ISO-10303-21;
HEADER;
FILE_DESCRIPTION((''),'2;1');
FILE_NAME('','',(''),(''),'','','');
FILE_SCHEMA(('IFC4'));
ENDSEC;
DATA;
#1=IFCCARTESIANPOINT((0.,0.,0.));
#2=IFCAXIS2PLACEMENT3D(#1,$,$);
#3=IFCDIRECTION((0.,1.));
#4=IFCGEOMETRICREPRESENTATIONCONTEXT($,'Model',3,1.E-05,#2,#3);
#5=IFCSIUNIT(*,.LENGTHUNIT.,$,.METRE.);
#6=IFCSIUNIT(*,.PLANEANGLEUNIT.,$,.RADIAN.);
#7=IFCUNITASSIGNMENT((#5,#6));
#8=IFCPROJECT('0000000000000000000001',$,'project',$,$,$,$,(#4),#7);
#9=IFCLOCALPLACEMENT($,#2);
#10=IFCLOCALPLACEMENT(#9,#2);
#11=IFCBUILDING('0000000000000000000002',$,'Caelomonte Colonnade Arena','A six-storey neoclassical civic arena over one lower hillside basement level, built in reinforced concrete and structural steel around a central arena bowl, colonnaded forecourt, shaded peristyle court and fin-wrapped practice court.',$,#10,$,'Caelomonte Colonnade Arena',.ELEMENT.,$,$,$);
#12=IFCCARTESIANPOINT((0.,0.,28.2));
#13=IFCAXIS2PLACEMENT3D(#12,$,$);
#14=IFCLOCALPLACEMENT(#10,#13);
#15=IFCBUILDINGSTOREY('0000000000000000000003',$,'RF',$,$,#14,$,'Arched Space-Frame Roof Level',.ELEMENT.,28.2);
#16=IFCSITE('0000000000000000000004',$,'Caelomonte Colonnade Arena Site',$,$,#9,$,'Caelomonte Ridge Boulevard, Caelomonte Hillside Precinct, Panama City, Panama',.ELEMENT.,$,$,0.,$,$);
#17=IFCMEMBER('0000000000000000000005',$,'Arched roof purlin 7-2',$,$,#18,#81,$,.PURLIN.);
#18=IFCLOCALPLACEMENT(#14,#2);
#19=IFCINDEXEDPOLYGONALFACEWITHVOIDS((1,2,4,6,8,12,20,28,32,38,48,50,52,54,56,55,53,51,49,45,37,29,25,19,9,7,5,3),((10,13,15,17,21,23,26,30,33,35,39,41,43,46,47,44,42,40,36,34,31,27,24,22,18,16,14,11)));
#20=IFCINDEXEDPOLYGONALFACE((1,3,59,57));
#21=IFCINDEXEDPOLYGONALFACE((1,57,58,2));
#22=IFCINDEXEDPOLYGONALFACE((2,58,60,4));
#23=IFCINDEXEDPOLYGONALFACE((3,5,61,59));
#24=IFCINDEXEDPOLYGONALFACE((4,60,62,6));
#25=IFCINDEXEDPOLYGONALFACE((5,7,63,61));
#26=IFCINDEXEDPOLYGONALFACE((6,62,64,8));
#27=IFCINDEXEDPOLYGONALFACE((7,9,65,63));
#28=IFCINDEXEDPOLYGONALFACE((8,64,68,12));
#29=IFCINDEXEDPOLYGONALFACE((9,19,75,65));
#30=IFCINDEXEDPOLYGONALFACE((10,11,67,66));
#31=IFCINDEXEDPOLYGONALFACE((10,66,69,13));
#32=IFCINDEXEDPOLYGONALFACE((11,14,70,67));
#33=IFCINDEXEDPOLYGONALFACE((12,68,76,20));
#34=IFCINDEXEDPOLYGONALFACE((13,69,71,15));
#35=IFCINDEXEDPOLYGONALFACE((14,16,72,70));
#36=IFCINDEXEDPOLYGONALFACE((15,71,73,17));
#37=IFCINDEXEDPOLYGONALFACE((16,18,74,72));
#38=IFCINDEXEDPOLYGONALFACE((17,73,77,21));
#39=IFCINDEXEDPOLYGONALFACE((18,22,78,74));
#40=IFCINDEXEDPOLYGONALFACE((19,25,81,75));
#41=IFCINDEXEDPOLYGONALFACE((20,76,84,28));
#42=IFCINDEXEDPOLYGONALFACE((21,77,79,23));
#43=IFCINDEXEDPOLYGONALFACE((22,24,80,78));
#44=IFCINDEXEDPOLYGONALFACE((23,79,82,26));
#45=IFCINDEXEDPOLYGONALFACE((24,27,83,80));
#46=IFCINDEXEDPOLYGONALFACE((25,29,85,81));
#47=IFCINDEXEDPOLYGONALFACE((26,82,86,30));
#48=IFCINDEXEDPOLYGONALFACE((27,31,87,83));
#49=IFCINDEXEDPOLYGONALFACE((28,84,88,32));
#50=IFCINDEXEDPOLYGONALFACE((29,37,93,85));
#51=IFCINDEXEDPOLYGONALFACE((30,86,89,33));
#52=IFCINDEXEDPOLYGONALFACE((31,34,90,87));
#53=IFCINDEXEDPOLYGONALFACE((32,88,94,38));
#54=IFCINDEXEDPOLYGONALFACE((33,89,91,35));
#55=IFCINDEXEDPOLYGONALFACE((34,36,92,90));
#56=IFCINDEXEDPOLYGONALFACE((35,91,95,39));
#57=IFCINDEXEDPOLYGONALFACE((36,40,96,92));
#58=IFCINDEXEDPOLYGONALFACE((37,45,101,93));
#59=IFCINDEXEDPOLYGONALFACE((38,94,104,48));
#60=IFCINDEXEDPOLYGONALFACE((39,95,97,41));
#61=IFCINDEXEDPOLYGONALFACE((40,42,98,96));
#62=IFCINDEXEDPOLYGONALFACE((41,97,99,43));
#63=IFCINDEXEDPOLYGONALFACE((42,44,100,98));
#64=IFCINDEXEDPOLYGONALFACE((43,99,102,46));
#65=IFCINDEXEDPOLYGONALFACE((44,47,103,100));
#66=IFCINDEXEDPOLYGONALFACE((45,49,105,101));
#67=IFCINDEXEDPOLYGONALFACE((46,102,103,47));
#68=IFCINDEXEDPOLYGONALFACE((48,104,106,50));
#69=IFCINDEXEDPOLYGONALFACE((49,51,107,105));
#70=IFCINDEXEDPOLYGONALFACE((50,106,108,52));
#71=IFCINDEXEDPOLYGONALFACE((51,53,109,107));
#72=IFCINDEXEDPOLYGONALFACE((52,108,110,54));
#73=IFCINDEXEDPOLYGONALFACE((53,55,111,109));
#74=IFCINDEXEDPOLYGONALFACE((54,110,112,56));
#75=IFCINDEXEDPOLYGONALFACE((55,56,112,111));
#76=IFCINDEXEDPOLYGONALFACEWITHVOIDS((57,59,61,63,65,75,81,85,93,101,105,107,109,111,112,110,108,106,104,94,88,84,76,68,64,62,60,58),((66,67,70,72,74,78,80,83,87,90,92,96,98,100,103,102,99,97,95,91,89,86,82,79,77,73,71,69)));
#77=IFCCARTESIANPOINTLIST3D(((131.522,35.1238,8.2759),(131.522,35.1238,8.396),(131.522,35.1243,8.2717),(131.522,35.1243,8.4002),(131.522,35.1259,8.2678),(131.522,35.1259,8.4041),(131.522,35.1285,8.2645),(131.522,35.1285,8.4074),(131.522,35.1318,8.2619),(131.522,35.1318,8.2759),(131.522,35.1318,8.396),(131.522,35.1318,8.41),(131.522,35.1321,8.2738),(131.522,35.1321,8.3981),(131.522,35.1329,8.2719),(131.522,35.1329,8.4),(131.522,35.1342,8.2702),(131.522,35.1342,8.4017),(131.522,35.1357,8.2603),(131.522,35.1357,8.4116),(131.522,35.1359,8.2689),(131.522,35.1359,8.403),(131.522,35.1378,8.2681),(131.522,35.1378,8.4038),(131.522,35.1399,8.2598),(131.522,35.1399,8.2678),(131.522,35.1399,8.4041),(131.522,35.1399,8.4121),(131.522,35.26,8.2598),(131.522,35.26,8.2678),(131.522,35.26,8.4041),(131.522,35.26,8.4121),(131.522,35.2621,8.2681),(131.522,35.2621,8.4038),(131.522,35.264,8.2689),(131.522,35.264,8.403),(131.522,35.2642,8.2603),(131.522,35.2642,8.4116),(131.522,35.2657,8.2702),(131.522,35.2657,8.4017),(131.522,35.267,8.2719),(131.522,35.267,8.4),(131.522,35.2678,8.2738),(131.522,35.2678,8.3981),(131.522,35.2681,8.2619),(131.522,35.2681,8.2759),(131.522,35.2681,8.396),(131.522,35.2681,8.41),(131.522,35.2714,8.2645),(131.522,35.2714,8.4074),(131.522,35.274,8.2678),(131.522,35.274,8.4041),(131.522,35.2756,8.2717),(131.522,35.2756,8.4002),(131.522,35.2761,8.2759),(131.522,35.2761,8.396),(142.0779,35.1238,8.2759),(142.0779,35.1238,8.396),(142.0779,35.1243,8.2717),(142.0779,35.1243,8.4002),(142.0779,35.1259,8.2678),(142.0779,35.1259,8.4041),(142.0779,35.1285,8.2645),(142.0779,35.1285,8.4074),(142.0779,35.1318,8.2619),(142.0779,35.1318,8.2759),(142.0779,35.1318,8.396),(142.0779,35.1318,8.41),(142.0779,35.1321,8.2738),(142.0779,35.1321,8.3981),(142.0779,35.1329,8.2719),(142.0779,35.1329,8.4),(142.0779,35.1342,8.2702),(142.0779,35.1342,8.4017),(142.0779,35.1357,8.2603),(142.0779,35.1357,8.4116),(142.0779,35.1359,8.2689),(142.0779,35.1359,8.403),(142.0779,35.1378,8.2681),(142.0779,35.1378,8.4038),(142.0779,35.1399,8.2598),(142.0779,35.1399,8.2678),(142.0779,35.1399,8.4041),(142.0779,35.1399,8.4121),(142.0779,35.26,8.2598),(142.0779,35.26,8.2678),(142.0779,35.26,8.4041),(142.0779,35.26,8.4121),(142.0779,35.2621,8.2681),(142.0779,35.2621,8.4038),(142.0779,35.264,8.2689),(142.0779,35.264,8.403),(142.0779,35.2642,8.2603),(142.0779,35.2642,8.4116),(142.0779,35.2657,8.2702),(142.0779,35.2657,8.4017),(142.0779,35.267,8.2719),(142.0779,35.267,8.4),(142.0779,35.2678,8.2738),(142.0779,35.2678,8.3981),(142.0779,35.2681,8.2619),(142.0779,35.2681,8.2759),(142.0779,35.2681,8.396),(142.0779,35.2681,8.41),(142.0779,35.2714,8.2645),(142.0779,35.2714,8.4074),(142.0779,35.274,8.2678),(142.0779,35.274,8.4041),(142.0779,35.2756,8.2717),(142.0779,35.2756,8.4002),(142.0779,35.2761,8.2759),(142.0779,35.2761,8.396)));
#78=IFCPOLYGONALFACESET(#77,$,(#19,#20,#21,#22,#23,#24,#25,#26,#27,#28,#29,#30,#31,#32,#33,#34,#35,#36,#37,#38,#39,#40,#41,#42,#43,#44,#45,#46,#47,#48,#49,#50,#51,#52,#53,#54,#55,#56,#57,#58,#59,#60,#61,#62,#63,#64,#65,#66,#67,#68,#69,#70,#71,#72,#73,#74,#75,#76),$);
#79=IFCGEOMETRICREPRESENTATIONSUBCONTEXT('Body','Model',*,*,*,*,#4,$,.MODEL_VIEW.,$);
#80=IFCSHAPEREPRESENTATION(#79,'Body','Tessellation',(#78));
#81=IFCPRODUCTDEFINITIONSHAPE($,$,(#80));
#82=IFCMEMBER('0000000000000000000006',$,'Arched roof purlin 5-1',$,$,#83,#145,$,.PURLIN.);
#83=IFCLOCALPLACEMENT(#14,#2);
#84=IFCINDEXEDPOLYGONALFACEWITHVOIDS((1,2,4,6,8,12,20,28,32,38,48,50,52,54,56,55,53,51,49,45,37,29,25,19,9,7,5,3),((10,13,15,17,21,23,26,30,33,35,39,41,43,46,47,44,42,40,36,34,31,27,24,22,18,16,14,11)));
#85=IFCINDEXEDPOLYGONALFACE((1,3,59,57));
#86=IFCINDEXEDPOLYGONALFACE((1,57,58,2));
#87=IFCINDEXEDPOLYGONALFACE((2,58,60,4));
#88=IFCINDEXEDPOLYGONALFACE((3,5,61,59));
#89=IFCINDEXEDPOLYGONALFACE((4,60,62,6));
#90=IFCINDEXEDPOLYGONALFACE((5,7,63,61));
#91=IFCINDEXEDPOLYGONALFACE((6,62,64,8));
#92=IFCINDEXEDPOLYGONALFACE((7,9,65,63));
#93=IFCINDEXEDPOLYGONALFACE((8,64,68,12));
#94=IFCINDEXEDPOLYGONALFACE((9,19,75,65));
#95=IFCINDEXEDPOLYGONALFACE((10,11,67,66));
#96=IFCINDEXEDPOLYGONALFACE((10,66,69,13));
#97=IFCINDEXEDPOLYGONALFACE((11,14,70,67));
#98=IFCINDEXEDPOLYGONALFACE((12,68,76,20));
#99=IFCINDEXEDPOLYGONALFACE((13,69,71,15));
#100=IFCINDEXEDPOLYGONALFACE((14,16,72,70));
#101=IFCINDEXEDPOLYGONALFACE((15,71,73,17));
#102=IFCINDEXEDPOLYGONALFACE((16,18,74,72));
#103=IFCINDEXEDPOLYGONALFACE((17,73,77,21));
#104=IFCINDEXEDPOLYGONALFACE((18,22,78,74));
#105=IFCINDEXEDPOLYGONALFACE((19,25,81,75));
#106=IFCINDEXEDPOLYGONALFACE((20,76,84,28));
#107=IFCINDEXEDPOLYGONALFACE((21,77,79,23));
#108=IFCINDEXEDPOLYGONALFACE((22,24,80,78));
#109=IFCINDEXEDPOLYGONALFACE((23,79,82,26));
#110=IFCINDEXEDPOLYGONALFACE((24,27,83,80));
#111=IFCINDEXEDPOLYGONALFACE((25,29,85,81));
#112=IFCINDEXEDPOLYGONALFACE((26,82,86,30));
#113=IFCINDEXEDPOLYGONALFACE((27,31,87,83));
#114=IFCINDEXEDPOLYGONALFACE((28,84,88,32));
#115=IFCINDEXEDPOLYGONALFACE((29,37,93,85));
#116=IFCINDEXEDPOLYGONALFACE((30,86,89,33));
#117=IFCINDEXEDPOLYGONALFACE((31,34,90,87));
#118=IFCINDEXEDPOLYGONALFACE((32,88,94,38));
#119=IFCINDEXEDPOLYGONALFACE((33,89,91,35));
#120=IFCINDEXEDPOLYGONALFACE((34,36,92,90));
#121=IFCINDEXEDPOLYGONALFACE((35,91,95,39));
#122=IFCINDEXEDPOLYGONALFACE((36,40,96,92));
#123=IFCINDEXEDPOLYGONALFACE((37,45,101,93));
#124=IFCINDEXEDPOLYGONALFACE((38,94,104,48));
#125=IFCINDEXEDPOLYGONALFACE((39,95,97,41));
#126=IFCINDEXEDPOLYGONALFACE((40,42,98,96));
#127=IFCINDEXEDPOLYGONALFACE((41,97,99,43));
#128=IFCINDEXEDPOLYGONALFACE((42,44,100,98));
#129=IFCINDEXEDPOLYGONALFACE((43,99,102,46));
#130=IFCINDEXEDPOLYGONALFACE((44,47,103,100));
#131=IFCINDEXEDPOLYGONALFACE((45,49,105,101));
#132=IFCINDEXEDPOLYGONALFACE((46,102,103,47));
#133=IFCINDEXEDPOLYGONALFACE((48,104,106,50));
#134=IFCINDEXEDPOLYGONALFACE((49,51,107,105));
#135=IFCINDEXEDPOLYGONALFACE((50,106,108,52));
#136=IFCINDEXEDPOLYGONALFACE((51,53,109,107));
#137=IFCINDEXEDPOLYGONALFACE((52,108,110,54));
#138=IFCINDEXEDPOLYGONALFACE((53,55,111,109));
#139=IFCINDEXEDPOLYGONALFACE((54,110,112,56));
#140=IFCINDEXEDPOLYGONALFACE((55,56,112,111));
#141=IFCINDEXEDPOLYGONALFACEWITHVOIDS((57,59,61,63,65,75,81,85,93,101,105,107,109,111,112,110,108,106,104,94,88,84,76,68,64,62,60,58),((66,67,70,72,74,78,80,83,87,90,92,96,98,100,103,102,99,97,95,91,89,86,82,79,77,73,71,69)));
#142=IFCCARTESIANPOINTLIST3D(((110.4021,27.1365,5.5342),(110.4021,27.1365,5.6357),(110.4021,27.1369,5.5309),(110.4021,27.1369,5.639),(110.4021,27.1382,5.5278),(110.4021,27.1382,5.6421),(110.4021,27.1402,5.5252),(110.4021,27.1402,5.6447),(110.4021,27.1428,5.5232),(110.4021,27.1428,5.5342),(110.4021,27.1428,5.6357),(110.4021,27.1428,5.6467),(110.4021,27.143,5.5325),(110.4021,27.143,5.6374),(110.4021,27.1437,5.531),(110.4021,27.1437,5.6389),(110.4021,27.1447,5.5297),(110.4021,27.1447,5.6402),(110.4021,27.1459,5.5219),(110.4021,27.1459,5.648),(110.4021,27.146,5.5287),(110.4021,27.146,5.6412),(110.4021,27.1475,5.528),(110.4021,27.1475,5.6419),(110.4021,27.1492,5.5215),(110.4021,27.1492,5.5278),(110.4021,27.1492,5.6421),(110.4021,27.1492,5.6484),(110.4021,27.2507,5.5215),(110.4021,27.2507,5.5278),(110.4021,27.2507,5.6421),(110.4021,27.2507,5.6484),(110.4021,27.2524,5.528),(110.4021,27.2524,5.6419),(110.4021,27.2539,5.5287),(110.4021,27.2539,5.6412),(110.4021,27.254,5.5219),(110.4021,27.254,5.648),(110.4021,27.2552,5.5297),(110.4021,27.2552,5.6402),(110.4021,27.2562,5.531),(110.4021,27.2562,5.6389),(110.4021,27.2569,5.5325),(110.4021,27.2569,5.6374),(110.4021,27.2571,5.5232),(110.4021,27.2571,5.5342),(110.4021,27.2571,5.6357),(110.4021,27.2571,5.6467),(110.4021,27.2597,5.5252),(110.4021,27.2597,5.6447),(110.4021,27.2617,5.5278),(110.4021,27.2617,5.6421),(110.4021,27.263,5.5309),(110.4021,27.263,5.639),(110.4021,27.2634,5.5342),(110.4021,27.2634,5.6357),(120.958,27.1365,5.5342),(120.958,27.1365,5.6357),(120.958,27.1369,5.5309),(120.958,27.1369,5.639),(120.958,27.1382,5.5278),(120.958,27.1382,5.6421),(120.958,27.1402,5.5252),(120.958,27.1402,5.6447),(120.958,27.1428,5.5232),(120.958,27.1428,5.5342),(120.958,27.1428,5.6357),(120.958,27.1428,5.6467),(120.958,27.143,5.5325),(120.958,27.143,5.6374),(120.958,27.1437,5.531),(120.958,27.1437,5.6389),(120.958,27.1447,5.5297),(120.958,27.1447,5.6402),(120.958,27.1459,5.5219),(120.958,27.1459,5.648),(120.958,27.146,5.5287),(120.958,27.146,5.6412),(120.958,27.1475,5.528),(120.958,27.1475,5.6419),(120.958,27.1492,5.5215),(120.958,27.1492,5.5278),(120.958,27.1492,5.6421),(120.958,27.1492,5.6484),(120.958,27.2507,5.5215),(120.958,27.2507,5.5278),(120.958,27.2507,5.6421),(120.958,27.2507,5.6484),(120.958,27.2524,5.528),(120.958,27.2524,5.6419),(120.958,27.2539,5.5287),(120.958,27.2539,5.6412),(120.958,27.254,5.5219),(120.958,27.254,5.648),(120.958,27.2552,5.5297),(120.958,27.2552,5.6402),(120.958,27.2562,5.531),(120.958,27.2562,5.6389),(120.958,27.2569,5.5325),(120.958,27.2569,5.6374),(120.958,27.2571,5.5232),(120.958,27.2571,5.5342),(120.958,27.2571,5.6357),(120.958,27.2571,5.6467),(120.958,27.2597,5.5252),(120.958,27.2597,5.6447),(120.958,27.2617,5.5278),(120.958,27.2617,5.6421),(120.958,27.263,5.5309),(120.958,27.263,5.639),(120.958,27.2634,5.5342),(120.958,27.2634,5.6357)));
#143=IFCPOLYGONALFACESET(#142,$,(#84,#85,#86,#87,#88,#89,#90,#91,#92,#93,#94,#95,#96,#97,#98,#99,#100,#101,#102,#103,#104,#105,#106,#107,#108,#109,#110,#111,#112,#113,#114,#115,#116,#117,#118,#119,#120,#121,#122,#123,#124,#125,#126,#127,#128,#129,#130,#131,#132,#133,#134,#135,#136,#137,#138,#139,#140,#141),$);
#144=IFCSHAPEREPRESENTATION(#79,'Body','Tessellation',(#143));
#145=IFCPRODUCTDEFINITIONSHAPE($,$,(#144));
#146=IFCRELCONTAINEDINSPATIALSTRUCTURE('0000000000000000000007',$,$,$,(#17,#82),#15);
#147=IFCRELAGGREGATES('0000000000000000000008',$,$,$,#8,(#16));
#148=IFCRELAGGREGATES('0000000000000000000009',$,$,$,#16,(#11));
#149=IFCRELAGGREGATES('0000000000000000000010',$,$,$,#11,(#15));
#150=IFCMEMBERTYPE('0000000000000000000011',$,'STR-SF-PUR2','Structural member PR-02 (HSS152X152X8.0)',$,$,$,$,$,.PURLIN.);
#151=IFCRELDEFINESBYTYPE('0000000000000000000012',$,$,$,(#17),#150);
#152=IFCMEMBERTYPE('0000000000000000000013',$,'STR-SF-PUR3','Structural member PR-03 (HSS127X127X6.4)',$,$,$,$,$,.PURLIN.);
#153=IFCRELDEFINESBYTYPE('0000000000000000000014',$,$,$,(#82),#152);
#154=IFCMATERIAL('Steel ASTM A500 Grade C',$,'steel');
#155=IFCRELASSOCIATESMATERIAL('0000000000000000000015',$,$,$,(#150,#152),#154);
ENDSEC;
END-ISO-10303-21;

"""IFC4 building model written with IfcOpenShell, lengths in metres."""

from ifc_helpers import new_model, si_unit, direction, frame, origin, origin_2d, place, context, subcontext, project, spatial, hollow_rectangle, extrude, material, material_profile, profile_set, type_object, element, save


model = new_model("IFC4")

# Units and contexts
model_context = context("Model", 3, precision=1e-05, world=origin(), true_north=direction((0.0, 1.0)))
body_context = subcontext(model_context, "Body", "Model", "MODEL_VIEW")
ifc_project = project(units=[si_unit("LENGTHUNIT", "METRE"), si_unit("PLANEANGLEUNIT", "RADIAN")], contexts=[model_context])

# Site, building, storey
site_placement = place(None, origin())
site = spatial("IfcSite", under=ifc_project, at=site_placement, Name="Caelomonte Colonnade Arena Site", LongName="Caelomonte Ridge Boulevard, Caelomonte Hillside Precinct, Panama City, Panama", CompositionType="ELEMENT", RefElevation=0.0)
building_placement = place(site_placement, origin())
building = spatial("IfcBuilding", under=site, at=building_placement, Name="Caelomonte Colonnade Arena", Description="A six-storey neoclassical civic arena over one lower hillside basement level, built in reinforced concrete and structural steel around a central arena bowl, colonnaded forecourt, shaded peristyle court and fin-wrapped practice court.", LongName="Caelomonte Colonnade Arena", CompositionType="ELEMENT")
storey_placement = place(building_placement, frame((0.0, 0.0, 28.2)))
storey = spatial("IfcBuildingStorey", under=building, at=storey_placement, Name="RF", LongName="Arched Space-Frame Roof Level", CompositionType="ELEMENT", Elevation=28.2)

# Members
ifc_material_1 = material(Name="Steel ASTM A500 Grade C", Category="steel")
ifc_material_profile_1 = material_profile(ifc_material_1, hollow_rectangle(XDim=0.1523, YDim=0.1523, WallThickness=0.0081, InnerFilletRadius=0.0081, OuterFilletRadius=0.0161, at=origin_2d()), Name="HSS152X152X8.0")
ifc_profile_set_1 = profile_set([ifc_material_profile_1], Name="Steel ASTM A500 Grade C")
member_type_1 = type_object("IfcMemberType", Name="STR-SF-PUR2", Description="Structural member PR-02 (HSS152X152X8.0)", PredefinedType="PURLIN", material=ifc_profile_set_1)
member_1_placement = place(storey_placement, frame((131.522, 35.2, 8.3359), z_axis=(1.0, 0.0, 0.0), x_axis=(0.0, 1.0, 0.0)))
element("IfcMember", 1, at=member_1_placement, inside=storey, type_object=member_type_1, Name="Arched roof purlin 7-2", PredefinedType="PURLIN", context=body_context, shape_type="SweptSolid", body=[
    extrude(hollow_rectangle(XDim=0.1523, YDim=0.1523, WallThickness=0.0081, InnerFilletRadius=0.0081, OuterFilletRadius=0.0161, at=origin_2d()), origin(), (0.0, 0.0, 1.0), 10.5559),
])
ifc_material_profile_2 = material_profile(ifc_material_1, hollow_rectangle(XDim=0.127, YDim=0.127, WallThickness=0.0063, InnerFilletRadius=0.0063, OuterFilletRadius=0.0127, at=origin_2d()), Name="HSS127X127X6.4")
ifc_profile_set_2 = profile_set([ifc_material_profile_2], Name="Steel ASTM A500 Grade C")
member_type_2 = type_object("IfcMemberType", Name="STR-SF-PUR3", Description="Structural member PR-03 (HSS127X127X6.4)", PredefinedType="PURLIN", material=ifc_profile_set_2)
member_2_placement = place(storey_placement, frame((110.4021, 27.2, 5.585), z_axis=(1.0, 0.0, 0.0), x_axis=(0.0, 1.0, 0.0)))
element("IfcMember", 2, at=member_2_placement, inside=storey, type_object=member_type_2, Name="Arched roof purlin 5-1", PredefinedType="PURLIN", context=body_context, shape_type="SweptSolid", body=[
    extrude(hollow_rectangle(XDim=0.127, YDim=0.127, WallThickness=0.0063, InnerFilletRadius=0.0063, OuterFilletRadius=0.0127, at=origin_2d()), origin(), (0.0, 0.0, 1.0), 10.5559),
])

save(model, "model.ifc")
